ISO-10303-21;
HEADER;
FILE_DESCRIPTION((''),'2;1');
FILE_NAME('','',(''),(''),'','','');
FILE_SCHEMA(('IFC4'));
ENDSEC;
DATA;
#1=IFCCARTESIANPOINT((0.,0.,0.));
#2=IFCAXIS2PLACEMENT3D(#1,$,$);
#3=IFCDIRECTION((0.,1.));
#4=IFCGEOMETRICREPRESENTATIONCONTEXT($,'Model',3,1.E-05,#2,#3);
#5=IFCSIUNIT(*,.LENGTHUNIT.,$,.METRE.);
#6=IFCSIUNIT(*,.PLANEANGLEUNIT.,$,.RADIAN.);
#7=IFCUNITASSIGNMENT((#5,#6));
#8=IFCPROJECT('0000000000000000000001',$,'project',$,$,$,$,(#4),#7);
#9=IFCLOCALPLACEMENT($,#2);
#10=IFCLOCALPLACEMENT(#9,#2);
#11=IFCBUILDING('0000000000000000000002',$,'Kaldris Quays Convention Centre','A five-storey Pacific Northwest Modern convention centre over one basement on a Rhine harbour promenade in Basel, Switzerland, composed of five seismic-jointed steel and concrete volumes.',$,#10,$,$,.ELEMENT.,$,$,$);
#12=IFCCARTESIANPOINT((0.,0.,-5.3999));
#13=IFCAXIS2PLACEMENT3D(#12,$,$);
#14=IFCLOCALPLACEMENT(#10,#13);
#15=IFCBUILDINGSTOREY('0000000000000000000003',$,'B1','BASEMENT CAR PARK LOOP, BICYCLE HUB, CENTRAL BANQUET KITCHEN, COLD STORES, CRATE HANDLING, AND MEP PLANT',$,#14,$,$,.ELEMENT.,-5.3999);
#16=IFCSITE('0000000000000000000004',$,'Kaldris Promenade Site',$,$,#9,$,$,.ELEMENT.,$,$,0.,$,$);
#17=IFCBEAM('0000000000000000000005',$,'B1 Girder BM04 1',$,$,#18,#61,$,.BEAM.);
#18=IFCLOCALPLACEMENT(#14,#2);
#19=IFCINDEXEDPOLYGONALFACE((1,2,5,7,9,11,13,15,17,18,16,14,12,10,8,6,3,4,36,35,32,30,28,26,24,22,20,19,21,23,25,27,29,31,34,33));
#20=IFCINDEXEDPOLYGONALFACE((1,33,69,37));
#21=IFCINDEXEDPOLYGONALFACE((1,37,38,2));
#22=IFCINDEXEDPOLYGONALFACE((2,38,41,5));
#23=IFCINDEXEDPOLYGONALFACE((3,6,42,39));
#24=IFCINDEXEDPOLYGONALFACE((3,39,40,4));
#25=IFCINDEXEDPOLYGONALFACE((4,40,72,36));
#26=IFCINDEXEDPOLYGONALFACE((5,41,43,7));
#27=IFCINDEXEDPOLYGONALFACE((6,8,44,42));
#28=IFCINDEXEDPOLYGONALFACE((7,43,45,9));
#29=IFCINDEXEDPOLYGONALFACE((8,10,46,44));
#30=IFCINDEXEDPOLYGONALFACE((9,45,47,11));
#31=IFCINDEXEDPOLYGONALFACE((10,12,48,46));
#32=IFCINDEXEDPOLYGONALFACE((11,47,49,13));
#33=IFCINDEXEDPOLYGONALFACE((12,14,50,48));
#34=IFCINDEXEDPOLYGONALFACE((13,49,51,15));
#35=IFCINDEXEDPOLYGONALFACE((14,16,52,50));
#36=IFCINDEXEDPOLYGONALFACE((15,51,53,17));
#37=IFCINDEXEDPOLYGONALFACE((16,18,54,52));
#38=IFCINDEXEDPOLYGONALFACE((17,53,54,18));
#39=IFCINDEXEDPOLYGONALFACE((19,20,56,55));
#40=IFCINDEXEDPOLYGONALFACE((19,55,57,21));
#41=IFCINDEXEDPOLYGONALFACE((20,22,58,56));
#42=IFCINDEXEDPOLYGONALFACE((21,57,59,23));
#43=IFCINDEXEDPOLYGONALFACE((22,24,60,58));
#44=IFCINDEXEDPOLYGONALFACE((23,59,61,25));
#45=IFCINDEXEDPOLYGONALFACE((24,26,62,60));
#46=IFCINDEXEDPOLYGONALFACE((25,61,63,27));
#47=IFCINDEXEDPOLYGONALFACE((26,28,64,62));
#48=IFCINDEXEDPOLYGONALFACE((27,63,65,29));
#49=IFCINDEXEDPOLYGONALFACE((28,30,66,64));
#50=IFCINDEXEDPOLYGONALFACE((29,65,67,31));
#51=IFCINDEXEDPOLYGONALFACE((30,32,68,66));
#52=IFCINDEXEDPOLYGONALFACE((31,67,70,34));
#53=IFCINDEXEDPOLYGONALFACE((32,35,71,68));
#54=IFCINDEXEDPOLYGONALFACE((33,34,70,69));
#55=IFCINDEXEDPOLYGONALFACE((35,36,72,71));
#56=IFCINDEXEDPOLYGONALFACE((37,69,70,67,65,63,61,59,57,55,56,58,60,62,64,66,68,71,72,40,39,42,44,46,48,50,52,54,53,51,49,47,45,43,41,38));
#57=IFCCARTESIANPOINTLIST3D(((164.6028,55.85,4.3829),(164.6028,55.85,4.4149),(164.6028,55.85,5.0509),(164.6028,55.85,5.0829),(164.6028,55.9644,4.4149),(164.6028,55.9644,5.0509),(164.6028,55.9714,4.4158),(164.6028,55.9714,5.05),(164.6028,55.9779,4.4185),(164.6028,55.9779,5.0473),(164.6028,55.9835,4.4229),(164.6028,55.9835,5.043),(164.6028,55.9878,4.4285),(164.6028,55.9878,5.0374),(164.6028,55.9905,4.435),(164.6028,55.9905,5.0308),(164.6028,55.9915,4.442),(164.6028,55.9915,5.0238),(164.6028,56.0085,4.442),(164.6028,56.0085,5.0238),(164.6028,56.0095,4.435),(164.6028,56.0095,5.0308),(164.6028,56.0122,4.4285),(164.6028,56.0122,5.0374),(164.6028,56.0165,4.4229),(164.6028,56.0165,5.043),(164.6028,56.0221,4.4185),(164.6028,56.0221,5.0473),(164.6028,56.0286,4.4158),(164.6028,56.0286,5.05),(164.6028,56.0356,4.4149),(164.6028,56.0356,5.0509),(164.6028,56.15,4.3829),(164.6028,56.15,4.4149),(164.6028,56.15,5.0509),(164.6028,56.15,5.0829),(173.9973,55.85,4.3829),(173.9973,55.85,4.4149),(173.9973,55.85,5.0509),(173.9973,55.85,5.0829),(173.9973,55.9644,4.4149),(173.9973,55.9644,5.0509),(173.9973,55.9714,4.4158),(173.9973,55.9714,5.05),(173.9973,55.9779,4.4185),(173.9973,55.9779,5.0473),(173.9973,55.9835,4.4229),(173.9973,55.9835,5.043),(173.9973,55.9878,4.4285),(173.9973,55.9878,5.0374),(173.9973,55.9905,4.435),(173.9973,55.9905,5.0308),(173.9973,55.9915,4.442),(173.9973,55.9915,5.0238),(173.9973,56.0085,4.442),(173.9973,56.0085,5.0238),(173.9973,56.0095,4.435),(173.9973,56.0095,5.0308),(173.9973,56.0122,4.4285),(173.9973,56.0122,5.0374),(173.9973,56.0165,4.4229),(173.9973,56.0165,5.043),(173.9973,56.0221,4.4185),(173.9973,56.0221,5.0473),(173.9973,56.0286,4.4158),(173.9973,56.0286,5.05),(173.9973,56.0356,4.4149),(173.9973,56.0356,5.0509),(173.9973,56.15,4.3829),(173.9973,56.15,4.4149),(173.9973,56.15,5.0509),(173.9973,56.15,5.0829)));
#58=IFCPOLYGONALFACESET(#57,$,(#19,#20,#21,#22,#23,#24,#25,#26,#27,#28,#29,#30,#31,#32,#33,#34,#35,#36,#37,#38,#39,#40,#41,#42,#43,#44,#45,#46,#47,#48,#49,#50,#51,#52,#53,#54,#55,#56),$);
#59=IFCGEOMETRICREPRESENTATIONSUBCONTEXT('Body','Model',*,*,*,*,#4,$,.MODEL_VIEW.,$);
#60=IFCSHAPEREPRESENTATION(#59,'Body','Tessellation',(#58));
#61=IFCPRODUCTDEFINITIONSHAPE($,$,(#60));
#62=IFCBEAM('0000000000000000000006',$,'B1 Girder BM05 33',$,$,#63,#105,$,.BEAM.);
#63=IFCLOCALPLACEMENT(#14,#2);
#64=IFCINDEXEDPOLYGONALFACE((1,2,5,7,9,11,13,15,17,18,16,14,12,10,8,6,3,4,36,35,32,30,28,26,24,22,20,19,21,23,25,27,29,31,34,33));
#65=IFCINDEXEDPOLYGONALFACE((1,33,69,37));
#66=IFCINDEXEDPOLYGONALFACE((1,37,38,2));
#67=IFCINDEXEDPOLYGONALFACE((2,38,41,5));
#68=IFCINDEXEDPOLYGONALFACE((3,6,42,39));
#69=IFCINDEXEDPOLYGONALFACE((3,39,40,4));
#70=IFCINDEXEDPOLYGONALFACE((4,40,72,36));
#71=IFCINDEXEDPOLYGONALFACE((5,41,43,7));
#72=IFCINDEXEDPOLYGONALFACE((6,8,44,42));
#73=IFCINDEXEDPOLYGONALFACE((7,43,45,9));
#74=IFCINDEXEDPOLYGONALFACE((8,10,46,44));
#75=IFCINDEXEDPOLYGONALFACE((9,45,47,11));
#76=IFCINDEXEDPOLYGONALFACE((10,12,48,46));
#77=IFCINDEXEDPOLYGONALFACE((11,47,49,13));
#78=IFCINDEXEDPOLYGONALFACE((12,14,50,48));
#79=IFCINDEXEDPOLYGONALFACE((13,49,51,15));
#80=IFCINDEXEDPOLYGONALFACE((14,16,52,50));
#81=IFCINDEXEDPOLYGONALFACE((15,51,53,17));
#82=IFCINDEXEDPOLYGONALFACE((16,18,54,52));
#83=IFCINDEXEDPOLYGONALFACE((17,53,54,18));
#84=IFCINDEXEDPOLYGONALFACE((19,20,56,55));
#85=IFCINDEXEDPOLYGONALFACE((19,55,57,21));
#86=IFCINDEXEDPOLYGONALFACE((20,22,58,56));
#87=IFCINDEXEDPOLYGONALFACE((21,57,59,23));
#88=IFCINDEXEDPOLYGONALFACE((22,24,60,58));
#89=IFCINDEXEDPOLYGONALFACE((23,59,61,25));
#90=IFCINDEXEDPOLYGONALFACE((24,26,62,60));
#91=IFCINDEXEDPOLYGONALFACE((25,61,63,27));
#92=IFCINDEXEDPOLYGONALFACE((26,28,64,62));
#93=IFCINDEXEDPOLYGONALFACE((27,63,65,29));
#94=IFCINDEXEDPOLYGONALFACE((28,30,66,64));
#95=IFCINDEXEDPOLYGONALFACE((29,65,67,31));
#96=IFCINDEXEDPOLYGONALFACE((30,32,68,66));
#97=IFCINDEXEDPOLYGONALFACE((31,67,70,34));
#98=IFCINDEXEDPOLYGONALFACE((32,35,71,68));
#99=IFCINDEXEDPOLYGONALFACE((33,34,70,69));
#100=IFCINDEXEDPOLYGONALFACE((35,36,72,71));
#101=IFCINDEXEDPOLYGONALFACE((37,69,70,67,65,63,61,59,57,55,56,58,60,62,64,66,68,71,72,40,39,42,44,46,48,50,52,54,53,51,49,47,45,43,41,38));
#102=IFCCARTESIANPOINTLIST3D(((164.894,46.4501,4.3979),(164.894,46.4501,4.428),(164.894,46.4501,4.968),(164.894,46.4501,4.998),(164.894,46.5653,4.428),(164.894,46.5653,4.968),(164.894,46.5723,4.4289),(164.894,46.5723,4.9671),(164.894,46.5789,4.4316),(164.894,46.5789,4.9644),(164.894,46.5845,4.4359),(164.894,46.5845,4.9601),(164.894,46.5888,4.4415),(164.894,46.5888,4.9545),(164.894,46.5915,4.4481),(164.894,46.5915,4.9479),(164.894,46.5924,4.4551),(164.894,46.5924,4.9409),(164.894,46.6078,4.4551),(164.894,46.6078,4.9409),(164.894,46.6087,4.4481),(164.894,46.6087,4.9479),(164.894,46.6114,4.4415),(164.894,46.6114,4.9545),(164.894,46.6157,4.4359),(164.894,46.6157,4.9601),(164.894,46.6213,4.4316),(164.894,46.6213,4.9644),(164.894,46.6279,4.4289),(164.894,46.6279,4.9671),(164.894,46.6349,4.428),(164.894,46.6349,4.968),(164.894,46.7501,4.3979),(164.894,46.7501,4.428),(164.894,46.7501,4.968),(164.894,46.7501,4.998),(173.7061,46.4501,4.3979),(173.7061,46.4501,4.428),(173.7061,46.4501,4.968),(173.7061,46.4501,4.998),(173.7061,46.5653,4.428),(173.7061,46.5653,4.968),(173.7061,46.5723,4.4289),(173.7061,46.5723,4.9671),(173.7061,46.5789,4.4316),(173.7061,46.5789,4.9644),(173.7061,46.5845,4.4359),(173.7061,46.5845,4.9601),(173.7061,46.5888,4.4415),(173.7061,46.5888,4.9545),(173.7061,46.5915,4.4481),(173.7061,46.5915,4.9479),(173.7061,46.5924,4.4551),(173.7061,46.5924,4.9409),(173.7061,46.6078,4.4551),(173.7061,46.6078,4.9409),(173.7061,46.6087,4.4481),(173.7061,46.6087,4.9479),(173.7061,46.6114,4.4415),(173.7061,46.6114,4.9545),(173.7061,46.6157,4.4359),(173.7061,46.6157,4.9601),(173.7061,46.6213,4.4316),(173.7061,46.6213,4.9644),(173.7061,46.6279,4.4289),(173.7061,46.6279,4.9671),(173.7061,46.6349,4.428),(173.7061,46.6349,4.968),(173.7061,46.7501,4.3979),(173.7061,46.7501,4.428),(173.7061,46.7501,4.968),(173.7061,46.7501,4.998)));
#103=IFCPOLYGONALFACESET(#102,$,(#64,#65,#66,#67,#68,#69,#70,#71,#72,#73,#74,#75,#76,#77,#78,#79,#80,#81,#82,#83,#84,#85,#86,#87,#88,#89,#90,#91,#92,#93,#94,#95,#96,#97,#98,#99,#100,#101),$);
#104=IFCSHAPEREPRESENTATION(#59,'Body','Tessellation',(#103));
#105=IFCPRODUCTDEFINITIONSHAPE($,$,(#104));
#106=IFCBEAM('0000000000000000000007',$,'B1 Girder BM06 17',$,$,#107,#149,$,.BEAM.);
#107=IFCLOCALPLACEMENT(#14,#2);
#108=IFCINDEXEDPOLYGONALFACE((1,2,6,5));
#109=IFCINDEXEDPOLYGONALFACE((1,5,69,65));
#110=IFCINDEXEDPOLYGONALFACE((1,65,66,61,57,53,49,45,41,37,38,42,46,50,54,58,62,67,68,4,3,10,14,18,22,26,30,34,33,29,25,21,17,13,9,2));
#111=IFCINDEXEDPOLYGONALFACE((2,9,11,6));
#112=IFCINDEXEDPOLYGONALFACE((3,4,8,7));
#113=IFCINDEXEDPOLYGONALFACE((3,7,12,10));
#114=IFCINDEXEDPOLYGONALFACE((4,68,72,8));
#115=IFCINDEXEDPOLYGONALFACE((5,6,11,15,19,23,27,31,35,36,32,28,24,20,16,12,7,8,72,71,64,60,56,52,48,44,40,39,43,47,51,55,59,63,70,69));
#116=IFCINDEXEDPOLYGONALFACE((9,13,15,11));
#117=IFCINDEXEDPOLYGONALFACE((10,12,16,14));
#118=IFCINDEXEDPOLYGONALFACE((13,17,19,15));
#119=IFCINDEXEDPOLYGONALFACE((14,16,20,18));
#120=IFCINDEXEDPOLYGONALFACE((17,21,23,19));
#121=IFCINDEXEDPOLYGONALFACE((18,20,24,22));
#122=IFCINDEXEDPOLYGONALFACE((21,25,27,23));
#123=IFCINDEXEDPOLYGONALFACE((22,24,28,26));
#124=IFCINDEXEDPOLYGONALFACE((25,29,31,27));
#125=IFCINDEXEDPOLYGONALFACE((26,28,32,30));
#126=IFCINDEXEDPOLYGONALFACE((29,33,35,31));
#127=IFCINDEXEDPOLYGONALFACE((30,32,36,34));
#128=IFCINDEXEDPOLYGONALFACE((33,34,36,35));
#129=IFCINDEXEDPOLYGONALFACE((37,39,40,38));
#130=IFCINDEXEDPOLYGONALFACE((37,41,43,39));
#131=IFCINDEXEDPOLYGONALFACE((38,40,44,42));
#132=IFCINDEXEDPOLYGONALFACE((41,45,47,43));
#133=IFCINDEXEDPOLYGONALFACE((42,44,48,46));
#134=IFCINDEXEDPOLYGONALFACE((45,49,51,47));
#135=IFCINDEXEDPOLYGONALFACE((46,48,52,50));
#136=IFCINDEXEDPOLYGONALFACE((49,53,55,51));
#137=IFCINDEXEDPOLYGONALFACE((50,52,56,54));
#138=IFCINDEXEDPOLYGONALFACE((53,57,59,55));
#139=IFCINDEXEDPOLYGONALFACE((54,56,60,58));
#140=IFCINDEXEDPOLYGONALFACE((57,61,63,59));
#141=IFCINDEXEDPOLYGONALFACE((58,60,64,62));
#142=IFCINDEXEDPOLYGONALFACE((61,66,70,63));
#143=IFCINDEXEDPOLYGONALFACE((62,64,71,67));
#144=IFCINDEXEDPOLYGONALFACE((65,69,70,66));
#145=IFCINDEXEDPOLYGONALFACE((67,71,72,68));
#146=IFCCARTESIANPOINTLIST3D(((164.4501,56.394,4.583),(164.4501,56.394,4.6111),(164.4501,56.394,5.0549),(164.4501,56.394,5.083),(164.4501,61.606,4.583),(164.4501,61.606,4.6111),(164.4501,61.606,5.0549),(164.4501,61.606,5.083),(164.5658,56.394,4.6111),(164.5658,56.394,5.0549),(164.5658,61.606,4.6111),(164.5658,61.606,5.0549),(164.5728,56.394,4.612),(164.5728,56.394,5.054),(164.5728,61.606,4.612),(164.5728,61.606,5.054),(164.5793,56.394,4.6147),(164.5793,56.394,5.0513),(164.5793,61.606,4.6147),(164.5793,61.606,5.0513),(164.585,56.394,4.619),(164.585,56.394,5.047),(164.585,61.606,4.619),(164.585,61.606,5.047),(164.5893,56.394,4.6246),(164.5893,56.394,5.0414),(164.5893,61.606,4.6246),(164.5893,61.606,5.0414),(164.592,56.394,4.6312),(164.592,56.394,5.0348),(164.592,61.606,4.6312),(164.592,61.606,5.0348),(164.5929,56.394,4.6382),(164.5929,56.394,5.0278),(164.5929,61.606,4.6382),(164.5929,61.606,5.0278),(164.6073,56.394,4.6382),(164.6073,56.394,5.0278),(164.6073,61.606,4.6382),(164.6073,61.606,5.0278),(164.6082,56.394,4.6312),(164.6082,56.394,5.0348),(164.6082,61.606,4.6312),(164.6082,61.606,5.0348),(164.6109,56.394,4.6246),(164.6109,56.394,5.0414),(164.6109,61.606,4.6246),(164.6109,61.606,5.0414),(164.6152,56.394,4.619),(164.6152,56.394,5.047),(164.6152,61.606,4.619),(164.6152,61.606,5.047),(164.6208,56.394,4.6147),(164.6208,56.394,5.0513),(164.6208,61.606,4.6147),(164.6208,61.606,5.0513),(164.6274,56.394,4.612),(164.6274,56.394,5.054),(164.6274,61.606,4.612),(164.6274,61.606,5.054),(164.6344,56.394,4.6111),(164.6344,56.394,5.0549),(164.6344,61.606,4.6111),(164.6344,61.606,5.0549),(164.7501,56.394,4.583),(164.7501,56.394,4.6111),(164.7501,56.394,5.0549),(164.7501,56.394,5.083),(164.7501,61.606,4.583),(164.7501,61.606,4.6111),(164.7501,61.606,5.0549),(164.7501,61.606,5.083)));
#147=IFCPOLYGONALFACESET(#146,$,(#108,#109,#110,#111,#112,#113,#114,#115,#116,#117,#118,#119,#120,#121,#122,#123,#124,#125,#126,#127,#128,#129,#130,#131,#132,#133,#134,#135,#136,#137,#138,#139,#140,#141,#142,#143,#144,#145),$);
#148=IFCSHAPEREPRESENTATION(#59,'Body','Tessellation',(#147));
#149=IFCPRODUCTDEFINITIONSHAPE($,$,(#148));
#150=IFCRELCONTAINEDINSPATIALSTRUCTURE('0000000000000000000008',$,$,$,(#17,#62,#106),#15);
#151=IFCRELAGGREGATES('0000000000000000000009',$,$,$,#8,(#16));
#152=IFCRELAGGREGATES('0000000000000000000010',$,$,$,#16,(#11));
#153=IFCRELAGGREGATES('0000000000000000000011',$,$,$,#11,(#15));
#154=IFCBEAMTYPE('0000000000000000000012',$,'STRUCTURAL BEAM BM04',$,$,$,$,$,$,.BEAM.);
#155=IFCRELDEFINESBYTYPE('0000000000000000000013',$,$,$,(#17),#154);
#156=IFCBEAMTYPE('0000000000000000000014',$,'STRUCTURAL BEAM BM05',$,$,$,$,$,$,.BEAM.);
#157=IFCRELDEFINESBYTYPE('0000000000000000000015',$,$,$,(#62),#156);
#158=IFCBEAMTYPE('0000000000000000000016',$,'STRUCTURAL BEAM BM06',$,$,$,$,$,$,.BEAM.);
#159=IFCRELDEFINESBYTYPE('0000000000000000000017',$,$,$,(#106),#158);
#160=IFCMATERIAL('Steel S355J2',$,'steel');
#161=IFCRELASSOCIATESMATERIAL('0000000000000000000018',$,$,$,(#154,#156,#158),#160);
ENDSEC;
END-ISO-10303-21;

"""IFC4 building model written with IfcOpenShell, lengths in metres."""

from ifc_helpers import new_model, si_unit, direction, frame, origin, origin_2d, place, context, subcontext, project, spatial, i_section, extrude, material, material_profile, profile_set, type_object, element, save


model = new_model("IFC4")

# Units and contexts
model_context = context("Model", 3, precision=1e-05, world=origin(), true_north=direction((0.0, 1.0)))
body_context = subcontext(model_context, "Body", "Model", "MODEL_VIEW")
ifc_project = project(units=[si_unit("LENGTHUNIT", "METRE"), si_unit("PLANEANGLEUNIT", "RADIAN")], contexts=[model_context])

# Site, building, storey
site_placement = place(None, origin())
site = spatial("IfcSite", under=ifc_project, at=site_placement, Name="Kaldris Promenade Site", CompositionType="ELEMENT", RefElevation=0.0)
building_placement = place(site_placement, origin())
building = spatial("IfcBuilding", under=site, at=building_placement, Name="Kaldris Quays Convention Centre", Description="A five-storey Pacific Northwest Modern convention centre over one basement on a Rhine harbour promenade in Basel, Switzerland, composed of five seismic-jointed steel and concrete volumes.", CompositionType="ELEMENT")
storey_placement = place(building_placement, frame((0.0, 0.0, -5.3999)))
storey = spatial("IfcBuildingStorey", under=building, at=storey_placement, Name="B1", Description="BASEMENT CAR PARK LOOP, BICYCLE HUB, CENTRAL BANQUET KITCHEN, COLD STORES, CRATE HANDLING, AND MEP PLANT", CompositionType="ELEMENT", Elevation=-5.3999)

# Shared definitions
ifc_material_1 = material(Name="Steel S355J2", Category="steel")

# Beams
ifc_material_profile_1 = material_profile(ifc_material_1, i_section(OverallWidth=0.3, OverallDepth=0.7, WebThickness=0.0171, FlangeThickness=0.032, FilletRadius=0.0271, at=origin_2d()), Name="HEB 700")
ifc_profile_set_1 = profile_set([ifc_material_profile_1], Name="Steel S355J2")
beam_type_1 = type_object("IfcBeamType", Name="STRUCTURAL BEAM BM04", PredefinedType="BEAM", material=ifc_profile_set_1)
beam_1_placement = place(storey_placement, frame((164.6028, 56.0, 4.7329), z_axis=(1.0, 0.0, 0.0), x_axis=(0.0, 1.0, 0.0)))
element("IfcBeam", 1, at=beam_1_placement, inside=storey, type_object=beam_type_1, Name="B1 Girder BM04 1", PredefinedType="BEAM", context=body_context, shape_type="SweptSolid", body=[
    extrude(i_section(OverallWidth=0.3, OverallDepth=0.7, WebThickness=0.0171, FlangeThickness=0.032, FilletRadius=0.0271, at=origin_2d()), origin(), (0.0, 0.0, 1.0), 9.3945),
])
ifc_material_profile_2 = material_profile(ifc_material_1, i_section(OverallWidth=0.3, OverallDepth=0.6001, WebThickness=0.0154, FlangeThickness=0.03, FilletRadius=0.0271, at=origin_2d()), Name="HEB 600")
ifc_profile_set_2 = profile_set([ifc_material_profile_2], Name="Steel S355J2")
beam_type_2 = type_object("IfcBeamType", Name="STRUCTURAL BEAM BM05", PredefinedType="BEAM", material=ifc_profile_set_2)
beam_2_placement = place(storey_placement, frame((164.894, 46.6001, 4.698), z_axis=(1.0, 0.0, 0.0), x_axis=(0.0, 1.0, 0.0)))
element("IfcBeam", 2, at=beam_2_placement, inside=storey, type_object=beam_type_2, Name="B1 Girder BM05 33", PredefinedType="BEAM", context=body_context, shape_type="SweptSolid", body=[
    extrude(i_section(OverallWidth=0.3, OverallDepth=0.6001, WebThickness=0.0154, FlangeThickness=0.03, FilletRadius=0.0271, at=origin_2d()), origin(), (0.0, 0.0, 1.0), 8.812),
])
ifc_material_profile_3 = material_profile(ifc_material_1, i_section(OverallWidth=0.3, OverallDepth=0.5, WebThickness=0.0144, FlangeThickness=0.0281, FilletRadius=0.0271, at=origin_2d()), Name="HEB 500")
ifc_profile_set_3 = profile_set([ifc_material_profile_3], Name="Steel S355J2")
beam_type_3 = type_object("IfcBeamType", Name="STRUCTURAL BEAM BM06", PredefinedType="BEAM", material=ifc_profile_set_3)
beam_3_placement = place(storey_placement, frame((164.6001, 56.394, 4.833), z_axis=(0.0, 1.0, 0.0), x_axis=(-1.0, 0.0, 0.0)))
element("IfcBeam", 3, at=beam_3_placement, inside=storey, type_object=beam_type_3, Name="B1 Girder BM06 17", PredefinedType="BEAM", context=body_context, shape_type="SweptSolid", body=[
    extrude(i_section(OverallWidth=0.3, OverallDepth=0.5, WebThickness=0.0144, FlangeThickness=0.0281, FilletRadius=0.0271, at=origin_2d()), origin(), (0.0, 0.0, 1.0), 5.2119),
])

save(model, "model.ifc")
